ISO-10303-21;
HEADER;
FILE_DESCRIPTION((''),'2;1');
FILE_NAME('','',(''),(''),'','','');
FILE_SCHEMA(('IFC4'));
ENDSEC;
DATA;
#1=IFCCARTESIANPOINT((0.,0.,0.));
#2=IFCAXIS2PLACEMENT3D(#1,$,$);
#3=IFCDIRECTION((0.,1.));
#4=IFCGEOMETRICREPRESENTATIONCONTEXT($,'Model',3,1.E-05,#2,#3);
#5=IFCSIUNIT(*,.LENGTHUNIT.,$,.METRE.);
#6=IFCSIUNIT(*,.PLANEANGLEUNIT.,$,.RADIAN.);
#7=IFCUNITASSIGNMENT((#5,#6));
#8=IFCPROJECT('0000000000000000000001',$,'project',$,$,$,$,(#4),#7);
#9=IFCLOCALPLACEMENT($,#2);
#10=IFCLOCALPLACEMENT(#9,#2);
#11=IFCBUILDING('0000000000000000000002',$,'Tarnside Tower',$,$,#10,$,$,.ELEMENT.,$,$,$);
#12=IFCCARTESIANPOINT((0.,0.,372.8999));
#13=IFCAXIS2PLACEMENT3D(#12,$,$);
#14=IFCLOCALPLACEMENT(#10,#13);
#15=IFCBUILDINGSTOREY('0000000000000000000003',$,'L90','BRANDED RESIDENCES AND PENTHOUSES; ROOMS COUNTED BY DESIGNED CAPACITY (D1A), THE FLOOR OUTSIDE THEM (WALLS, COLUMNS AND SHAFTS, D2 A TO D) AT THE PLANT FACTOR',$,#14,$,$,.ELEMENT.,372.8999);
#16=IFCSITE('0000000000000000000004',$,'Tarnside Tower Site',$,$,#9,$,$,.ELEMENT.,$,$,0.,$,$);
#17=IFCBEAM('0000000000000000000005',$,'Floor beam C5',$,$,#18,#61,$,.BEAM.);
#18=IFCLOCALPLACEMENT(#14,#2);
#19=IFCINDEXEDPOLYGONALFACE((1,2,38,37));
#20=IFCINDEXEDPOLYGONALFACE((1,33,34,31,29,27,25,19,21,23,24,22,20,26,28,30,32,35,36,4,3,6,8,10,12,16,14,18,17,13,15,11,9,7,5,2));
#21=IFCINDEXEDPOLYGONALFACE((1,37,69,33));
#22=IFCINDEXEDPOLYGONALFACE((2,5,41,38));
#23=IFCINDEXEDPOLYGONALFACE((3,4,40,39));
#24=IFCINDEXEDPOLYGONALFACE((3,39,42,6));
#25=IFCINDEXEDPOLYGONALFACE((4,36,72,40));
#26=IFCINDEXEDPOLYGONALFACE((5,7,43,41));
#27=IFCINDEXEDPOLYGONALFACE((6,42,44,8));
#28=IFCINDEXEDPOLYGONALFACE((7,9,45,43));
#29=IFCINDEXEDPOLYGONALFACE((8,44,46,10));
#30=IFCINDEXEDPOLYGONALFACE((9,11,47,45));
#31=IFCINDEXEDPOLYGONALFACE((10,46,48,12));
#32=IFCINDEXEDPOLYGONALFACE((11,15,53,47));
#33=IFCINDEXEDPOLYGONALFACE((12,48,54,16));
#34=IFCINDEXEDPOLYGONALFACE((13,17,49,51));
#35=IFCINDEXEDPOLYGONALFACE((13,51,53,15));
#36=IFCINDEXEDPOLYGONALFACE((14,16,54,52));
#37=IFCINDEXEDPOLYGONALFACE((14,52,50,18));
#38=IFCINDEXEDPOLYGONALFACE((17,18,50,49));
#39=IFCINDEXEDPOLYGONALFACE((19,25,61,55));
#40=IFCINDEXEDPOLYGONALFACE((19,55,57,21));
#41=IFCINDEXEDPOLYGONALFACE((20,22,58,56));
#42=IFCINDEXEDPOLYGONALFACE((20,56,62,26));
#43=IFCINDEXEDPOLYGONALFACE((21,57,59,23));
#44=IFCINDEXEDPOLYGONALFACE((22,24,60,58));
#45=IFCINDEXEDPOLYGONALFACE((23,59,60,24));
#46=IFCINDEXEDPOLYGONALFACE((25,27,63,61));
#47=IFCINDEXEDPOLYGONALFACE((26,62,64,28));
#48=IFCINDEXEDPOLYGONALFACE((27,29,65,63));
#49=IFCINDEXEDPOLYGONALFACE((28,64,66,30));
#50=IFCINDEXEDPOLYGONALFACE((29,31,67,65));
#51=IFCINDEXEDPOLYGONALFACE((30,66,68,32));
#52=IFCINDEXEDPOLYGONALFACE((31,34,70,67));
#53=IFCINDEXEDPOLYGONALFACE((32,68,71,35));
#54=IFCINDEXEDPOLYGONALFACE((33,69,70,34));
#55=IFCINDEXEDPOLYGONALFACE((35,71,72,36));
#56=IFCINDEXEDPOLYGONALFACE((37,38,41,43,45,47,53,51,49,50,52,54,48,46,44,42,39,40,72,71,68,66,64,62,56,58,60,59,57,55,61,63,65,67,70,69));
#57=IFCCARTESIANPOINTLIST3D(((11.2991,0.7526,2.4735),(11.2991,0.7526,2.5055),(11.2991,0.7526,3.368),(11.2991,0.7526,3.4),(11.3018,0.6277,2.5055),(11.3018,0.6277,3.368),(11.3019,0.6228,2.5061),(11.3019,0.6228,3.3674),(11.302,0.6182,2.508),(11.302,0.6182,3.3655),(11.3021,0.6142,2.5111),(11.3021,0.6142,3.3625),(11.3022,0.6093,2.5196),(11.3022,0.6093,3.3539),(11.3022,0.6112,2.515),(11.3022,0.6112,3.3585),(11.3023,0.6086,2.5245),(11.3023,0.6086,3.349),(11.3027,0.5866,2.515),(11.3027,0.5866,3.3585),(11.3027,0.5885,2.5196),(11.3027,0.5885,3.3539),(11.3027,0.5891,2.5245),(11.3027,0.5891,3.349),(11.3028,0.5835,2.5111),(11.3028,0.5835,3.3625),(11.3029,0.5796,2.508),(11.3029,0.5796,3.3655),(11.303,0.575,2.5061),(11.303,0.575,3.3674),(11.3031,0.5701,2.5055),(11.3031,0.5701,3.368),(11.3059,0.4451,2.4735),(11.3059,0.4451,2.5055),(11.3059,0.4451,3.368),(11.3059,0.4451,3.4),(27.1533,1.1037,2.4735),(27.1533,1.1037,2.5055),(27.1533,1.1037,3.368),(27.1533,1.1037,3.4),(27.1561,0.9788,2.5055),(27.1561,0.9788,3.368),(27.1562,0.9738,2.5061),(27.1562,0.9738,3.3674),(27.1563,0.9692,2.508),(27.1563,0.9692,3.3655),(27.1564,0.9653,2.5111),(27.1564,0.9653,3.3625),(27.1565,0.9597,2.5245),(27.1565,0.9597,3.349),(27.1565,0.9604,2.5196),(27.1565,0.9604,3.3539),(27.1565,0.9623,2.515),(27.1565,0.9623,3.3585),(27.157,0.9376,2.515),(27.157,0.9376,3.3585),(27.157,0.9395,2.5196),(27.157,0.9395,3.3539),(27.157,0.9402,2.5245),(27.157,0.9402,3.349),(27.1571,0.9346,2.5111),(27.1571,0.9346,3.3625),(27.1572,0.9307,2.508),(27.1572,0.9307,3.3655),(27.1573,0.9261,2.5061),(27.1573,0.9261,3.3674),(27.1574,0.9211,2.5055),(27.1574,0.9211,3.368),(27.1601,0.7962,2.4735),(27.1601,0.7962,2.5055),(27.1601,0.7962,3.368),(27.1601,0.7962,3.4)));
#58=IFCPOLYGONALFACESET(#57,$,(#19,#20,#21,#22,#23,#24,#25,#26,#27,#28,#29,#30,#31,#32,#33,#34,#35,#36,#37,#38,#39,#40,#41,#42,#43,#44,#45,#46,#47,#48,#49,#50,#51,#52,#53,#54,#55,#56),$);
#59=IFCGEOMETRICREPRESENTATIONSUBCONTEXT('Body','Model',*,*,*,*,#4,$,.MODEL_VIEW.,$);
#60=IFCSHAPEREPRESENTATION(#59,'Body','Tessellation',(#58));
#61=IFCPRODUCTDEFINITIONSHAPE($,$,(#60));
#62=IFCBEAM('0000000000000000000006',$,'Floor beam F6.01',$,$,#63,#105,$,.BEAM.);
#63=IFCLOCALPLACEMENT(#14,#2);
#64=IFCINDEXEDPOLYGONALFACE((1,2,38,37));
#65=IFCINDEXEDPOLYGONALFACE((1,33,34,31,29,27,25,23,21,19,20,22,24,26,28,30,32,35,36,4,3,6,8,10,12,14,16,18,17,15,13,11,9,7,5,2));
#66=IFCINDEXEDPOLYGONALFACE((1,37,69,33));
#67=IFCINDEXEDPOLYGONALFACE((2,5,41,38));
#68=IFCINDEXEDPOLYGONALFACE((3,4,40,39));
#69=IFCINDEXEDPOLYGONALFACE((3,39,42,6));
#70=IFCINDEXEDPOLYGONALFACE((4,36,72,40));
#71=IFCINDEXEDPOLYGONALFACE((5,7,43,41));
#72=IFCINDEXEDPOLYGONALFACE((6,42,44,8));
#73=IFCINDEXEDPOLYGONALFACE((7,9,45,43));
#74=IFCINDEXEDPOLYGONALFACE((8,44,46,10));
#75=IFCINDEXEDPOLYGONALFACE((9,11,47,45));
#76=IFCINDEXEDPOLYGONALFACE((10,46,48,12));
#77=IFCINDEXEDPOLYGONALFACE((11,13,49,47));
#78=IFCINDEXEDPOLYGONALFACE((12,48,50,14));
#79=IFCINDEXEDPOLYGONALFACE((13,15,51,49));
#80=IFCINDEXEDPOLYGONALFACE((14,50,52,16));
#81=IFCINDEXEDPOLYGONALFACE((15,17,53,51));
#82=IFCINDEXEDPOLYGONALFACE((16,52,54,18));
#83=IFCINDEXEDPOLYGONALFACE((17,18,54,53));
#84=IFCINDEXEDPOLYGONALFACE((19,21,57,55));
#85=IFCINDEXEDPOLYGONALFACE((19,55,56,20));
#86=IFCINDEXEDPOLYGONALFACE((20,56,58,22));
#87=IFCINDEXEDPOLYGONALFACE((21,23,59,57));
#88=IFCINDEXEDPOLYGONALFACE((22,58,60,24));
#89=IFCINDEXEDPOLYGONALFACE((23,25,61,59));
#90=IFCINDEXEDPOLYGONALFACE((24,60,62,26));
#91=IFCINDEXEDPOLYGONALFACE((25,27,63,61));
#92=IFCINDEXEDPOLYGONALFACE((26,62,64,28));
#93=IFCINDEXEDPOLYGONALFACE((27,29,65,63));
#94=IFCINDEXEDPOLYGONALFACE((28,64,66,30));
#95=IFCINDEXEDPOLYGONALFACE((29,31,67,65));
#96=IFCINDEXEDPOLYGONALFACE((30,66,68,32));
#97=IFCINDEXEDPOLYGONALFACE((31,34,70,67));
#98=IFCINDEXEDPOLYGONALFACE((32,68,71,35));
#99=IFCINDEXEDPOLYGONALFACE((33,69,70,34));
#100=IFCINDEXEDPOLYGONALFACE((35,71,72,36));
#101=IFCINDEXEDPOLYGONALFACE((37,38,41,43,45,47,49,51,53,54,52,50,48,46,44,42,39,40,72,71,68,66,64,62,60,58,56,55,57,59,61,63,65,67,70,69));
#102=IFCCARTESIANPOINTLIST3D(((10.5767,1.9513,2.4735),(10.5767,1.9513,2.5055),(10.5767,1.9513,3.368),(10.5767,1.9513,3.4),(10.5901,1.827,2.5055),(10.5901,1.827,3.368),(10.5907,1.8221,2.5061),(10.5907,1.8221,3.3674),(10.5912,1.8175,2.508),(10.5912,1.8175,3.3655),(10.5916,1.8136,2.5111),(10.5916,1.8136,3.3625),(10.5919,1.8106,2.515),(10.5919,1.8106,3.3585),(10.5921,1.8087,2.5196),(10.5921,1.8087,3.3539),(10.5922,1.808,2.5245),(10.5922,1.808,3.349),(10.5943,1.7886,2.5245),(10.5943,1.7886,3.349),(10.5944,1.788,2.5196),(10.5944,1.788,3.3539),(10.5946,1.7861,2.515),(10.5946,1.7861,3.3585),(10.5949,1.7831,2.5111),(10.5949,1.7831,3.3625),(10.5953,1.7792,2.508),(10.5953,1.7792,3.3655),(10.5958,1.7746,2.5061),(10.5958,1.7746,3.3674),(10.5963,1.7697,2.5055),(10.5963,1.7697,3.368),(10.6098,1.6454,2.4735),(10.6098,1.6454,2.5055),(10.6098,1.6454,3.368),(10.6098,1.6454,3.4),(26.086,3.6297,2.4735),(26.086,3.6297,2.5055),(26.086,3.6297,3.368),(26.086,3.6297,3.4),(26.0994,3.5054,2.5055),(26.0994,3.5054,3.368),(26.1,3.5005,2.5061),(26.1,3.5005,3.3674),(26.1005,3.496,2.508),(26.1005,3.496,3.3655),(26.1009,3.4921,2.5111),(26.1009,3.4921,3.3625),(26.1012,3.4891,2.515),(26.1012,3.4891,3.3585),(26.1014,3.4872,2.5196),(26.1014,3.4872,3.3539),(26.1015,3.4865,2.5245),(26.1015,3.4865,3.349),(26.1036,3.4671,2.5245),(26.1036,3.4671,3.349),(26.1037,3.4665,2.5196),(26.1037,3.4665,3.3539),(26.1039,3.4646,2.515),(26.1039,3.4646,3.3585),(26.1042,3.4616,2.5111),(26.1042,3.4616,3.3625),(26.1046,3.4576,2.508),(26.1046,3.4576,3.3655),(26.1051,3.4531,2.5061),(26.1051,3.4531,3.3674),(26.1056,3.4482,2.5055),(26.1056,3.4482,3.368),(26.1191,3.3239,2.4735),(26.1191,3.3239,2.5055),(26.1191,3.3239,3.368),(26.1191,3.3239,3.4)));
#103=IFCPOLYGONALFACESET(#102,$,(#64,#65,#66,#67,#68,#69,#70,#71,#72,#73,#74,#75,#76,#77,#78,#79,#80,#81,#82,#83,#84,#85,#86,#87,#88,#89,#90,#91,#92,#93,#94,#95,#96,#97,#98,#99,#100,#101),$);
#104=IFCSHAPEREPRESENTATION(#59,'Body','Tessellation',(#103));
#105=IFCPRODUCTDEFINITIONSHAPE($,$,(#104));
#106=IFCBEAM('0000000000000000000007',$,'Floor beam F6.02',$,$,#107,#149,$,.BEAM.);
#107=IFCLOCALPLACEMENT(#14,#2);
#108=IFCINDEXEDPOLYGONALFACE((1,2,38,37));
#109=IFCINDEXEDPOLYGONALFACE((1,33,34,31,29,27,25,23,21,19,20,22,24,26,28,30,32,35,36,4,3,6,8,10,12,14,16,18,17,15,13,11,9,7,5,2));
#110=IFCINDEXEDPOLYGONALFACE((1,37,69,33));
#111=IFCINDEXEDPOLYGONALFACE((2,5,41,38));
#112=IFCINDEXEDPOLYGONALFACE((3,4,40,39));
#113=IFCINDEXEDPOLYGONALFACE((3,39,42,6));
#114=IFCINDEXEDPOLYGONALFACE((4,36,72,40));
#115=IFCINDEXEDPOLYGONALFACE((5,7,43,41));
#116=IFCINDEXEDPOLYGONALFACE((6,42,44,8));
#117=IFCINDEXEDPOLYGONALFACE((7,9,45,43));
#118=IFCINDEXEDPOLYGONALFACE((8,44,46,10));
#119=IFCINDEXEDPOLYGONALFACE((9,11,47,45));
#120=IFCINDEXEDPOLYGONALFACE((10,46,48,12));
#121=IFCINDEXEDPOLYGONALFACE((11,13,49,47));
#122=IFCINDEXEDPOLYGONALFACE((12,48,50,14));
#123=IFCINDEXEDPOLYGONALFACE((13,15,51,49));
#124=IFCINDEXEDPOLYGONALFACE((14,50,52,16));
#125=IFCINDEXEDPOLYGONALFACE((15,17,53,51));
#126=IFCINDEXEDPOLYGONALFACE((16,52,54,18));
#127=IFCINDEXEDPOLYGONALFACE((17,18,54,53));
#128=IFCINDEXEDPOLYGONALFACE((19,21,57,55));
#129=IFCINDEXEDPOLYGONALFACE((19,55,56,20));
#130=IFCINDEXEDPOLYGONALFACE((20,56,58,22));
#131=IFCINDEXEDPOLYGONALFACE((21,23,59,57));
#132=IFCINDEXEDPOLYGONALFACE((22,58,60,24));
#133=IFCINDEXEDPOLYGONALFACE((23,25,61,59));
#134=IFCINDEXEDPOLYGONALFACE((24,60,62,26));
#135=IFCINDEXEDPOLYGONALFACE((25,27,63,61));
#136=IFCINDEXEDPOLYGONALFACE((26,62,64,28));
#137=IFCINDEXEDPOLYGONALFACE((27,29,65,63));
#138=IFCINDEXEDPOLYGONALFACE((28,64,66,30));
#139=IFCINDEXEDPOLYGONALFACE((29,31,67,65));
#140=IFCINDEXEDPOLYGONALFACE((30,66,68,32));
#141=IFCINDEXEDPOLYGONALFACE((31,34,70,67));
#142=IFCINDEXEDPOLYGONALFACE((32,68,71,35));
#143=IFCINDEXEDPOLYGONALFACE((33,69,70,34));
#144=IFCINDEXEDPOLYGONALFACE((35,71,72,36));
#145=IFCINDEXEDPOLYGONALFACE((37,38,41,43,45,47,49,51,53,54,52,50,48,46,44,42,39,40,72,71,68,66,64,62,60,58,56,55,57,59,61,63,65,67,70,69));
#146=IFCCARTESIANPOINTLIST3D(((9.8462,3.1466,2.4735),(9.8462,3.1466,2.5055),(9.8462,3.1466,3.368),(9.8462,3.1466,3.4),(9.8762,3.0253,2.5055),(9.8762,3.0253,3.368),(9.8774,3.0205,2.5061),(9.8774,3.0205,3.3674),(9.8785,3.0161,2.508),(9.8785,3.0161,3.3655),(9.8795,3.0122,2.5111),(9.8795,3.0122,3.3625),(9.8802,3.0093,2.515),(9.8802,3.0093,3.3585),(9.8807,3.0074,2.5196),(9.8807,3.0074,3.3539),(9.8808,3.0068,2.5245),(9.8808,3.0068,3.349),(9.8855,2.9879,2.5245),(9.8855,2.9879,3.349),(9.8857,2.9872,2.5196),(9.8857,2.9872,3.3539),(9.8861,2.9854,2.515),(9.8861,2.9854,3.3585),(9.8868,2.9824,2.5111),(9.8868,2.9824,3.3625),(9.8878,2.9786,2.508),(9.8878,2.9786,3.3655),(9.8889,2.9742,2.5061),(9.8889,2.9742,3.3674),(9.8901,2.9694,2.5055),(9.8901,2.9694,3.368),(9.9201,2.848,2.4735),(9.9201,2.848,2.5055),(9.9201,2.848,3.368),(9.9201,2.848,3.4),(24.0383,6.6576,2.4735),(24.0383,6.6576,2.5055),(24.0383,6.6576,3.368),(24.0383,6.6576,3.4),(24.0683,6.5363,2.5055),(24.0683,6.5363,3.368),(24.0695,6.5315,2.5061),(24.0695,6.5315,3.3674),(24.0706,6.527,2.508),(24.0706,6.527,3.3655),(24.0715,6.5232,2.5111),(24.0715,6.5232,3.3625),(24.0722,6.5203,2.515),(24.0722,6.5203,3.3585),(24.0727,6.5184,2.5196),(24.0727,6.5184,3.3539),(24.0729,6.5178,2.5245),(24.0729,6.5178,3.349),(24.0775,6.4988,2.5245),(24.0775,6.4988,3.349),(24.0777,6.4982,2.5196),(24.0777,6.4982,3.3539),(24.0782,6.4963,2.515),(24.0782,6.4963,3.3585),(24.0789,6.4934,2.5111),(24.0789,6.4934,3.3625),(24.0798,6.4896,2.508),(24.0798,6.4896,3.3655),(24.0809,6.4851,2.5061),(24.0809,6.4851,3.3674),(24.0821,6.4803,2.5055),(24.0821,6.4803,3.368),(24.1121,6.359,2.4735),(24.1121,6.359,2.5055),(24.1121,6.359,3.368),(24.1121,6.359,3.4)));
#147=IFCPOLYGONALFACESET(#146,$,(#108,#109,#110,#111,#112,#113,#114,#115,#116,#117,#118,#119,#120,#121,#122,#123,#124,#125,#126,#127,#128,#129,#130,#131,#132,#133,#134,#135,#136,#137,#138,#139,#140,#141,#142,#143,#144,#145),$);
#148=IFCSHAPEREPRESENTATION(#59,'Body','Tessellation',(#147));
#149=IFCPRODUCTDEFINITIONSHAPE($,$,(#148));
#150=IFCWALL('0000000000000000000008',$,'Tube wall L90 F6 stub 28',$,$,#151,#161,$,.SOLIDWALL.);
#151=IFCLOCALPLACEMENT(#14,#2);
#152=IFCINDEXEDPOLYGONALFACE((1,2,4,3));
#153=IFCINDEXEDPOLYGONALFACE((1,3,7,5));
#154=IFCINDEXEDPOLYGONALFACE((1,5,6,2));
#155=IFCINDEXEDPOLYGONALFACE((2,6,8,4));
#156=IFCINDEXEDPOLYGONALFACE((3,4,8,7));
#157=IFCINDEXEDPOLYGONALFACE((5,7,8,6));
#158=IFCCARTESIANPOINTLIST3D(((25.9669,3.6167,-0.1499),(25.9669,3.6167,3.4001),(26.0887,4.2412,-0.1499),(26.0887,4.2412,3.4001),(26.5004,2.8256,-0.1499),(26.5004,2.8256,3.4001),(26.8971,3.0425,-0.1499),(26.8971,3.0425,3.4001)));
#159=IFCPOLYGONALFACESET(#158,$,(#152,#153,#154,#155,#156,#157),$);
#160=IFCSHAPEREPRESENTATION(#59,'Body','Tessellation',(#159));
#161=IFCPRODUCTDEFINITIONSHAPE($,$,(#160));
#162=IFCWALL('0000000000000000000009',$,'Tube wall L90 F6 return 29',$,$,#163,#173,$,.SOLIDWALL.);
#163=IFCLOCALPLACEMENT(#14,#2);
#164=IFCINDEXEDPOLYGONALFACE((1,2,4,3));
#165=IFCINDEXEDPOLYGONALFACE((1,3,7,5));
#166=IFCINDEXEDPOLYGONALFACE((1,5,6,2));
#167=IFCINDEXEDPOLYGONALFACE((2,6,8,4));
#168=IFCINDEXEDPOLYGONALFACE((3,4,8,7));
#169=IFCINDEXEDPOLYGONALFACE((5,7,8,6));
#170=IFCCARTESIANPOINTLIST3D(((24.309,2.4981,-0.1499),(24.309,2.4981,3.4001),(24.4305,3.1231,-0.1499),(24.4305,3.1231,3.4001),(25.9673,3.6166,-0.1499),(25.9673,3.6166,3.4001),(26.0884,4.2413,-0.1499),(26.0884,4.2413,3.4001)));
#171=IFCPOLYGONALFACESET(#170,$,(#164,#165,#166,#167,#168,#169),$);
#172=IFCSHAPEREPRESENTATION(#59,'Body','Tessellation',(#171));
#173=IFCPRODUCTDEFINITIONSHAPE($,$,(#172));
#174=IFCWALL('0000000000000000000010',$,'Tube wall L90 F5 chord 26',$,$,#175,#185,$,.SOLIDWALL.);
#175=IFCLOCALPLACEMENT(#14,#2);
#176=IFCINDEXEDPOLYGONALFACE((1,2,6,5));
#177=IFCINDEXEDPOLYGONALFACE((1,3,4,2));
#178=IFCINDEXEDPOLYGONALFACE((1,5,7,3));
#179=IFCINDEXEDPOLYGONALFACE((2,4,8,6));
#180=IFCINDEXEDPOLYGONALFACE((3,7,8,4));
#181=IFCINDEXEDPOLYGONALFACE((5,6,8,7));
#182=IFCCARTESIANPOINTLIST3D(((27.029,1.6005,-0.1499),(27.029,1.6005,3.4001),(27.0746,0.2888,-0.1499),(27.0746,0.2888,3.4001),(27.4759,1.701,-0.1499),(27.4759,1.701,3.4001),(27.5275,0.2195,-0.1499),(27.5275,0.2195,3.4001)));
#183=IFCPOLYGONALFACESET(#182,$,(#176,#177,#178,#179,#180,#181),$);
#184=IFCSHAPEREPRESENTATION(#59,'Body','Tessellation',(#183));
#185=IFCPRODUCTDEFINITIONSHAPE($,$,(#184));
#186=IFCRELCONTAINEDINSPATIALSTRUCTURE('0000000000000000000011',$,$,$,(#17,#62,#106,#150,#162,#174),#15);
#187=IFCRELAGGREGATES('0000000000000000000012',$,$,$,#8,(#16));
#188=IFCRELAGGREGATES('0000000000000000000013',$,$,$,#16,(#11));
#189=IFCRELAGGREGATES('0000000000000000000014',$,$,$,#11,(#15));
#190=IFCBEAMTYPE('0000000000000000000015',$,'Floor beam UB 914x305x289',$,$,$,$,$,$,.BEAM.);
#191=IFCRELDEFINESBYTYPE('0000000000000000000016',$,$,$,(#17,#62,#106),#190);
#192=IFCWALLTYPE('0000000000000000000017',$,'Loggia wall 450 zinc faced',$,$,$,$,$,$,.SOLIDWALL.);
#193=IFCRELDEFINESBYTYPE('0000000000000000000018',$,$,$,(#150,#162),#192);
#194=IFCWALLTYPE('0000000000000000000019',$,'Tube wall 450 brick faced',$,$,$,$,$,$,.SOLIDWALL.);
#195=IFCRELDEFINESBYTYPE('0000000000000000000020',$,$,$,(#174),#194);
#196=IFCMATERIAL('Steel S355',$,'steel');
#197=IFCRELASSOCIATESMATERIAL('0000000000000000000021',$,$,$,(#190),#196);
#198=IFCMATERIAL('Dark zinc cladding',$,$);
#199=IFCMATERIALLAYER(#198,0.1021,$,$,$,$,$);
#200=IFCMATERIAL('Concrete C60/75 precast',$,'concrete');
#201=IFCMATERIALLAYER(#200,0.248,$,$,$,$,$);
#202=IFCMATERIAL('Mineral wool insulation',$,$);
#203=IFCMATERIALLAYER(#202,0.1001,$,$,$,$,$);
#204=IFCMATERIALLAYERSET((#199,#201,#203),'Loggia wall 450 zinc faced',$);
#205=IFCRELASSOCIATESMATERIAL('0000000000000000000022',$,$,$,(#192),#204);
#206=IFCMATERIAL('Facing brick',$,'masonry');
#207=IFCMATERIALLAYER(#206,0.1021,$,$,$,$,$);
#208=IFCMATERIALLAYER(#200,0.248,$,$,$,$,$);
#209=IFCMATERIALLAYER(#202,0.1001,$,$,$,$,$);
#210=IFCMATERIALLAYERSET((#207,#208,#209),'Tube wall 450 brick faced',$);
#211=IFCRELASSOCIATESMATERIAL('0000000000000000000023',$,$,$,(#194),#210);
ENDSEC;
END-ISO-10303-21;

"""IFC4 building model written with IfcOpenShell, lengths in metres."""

from ifc_helpers import new_model, si_unit, direction, frame, origin, origin_2d, place, context, subcontext, project, spatial, polyline, i_section, outline, extrude, material, layer, layer_set, material_profile, profile_set, type_object, element, save


model = new_model("IFC4")

# Units and contexts
model_context = context("Model", 3, precision=1e-05, world=origin(), true_north=direction((0.0, 1.0)))
body_context = subcontext(model_context, "Body", "Model", "MODEL_VIEW")
ifc_project = project(units=[si_unit("LENGTHUNIT", "METRE"), si_unit("PLANEANGLEUNIT", "RADIAN")], contexts=[model_context])

# Site, building, storey
site_placement = place(None, origin())
site = spatial("IfcSite", under=ifc_project, at=site_placement, Name="Tarnside Tower Site", CompositionType="ELEMENT", RefElevation=0.0)
building_placement = place(site_placement, origin())
building = spatial("IfcBuilding", under=site, at=building_placement, Name="Tarnside Tower", CompositionType="ELEMENT")
storey_placement = place(building_placement, frame((0.0, 0.0, 372.8999)))
storey = spatial("IfcBuildingStorey", under=building, at=storey_placement, Name="L90", Description="BRANDED RESIDENCES AND PENTHOUSES; ROOMS COUNTED BY DESIGNED CAPACITY (D1A), THE FLOOR OUTSIDE THEM (WALLS, COLUMNS AND SHAFTS, D2 A TO D) AT THE PLANT FACTOR", CompositionType="ELEMENT", Elevation=372.8999)

# Beams
ifc_material_1 = material(Name="Steel S355", Category="steel")
ifc_material_profile = material_profile(ifc_material_1, i_section(OverallWidth=0.3076, OverallDepth=0.9265, WebThickness=0.0195, FlangeThickness=0.032, FilletRadius=0.019, at=origin_2d()), Name="UB 914x305x289")
ifc_profile_set = profile_set([ifc_material_profile], Name="Steel S355")
beam_type = type_object("IfcBeamType", Name="Floor beam UB 914x305x289", PredefinedType="BEAM", material=ifc_profile_set)
beam_1_placement = place(storey_placement, frame((27.1567, 0.95, 2.9368), z_axis=(-0.999755, -0.022138, 0.0), x_axis=(0.022138, -0.999755, 0.0)))
element("IfcBeam", 1, at=beam_1_placement, inside=storey, type_object=beam_type, Name="Floor beam C5", PredefinedType="BEAM", context=body_context, shape_type="SweptSolid", body=[
    extrude(i_section(OverallWidth=0.3076, OverallDepth=0.9265, WebThickness=0.0195, FlangeThickness=0.032, FilletRadius=0.019, at=origin_2d()), origin(), (0.0, 0.0, 1.0), 15.8582),
])
beam_2_placement = place(storey_placement, frame((26.1025, 3.4768, 2.9368), z_axis=(-0.994195, -0.107595, 0.0), x_axis=(0.107595, -0.994195, 0.0)))
element("IfcBeam", 2, at=beam_2_placement, inside=storey, type_object=beam_type, Name="Floor beam F6.01", PredefinedType="BEAM", context=body_context, shape_type="SweptSolid", body=[
    extrude(i_section(OverallWidth=0.3076, OverallDepth=0.9265, WebThickness=0.0195, FlangeThickness=0.032, FilletRadius=0.019, at=origin_2d()), origin(), (0.0, 0.0, 1.0), 15.5999),
])
beam_3_placement = place(storey_placement, frame((24.0752, 6.5083, 2.9368), z_axis=(-0.970736, -0.24015, 0.0), x_axis=(0.24015, -0.970736, 0.0)))
element("IfcBeam", 3, at=beam_3_placement, inside=storey, type_object=beam_type, Name="Floor beam F6.02", PredefinedType="BEAM", context=body_context, shape_type="SweptSolid", body=[
    extrude(i_section(OverallWidth=0.3076, OverallDepth=0.9265, WebThickness=0.0195, FlangeThickness=0.032, FilletRadius=0.019, at=origin_2d()), origin(), (0.0, 0.0, 1.0), 14.6199),
])

# Walls
ifc_material_2 = material(Name="Dark zinc cladding")
ifc_layer_1 = layer(ifc_material_2, 0.1021)
ifc_material_3 = material(Name="Concrete C60/75 precast", Category="concrete")
ifc_layer_2 = layer(ifc_material_3, 0.248)
ifc_material_4 = material(Name="Mineral wool insulation")
ifc_layer_3 = layer(ifc_material_4, 0.1001)
ifc_layer_set_1 = layer_set([ifc_layer_1, ifc_layer_2, ifc_layer_3], Name="Loggia wall 450 zinc faced")
wall_type_1 = type_object("IfcWallType", Name="Loggia wall 450 zinc faced", PredefinedType="SOLIDWALL", material=ifc_layer_set_1)
wall_1_placement = place(storey_placement, frame((26.6987, 2.9341, -0.1499), z_axis=(0.0, 0.0, 1.0), x_axis=(-0.559106, 0.829096, 0.0)))
element("IfcWall", 4, at=wall_1_placement, inside=storey, type_object=wall_type_1, Name="Tube wall L90 F6 stub 28", PredefinedType="SOLIDWALL", context=body_context, shape_type="SweptSolid", body=[
    extrude(outline(polyline([(-0.021, -0.2251), (1.4248, -0.2251), (0.9751, 0.2251), (0.021, 0.2251), (-0.021, -0.2251)])), origin(), (0.0, 0.0, 1.0), 3.55),
])
wall_2_placement = place(storey_placement, frame((26.0278, 3.929, -0.1499), z_axis=(0.0, 0.0, 1.0), x_axis=(-0.829052, -0.559171, 0.0)))
element("IfcWall", 5, at=wall_2_placement, inside=storey, type_object=wall_type_1, Name="Tube wall L90 F6 return 29", PredefinedType="SOLIDWALL", context=body_context, shape_type="SweptSolid", body=[
    extrude(outline(polyline([(-0.2249, -0.2251), (1.7749, -0.2251), (2.2251, 0.2251), (0.2249, 0.2251), (-0.2249, -0.2251)])), origin(), (0.0, 0.0, 1.0), 3.55),
])

# Wall
ifc_material_5 = material(Name="Facing brick", Category="masonry")
ifc_layer_4 = layer(ifc_material_5, 0.1021)
ifc_layer_5 = layer(ifc_material_3, 0.248)
ifc_layer_6 = layer(ifc_material_4, 0.1001)
ifc_layer_set_2 = layer_set([ifc_layer_4, ifc_layer_5, ifc_layer_6], Name="Tube wall 450 brick faced")
wall_type_2 = type_object("IfcWallType", Name="Tube wall 450 brick faced", PredefinedType="SOLIDWALL", material=ifc_layer_set_2)
wall_3_placement = place(storey_placement, frame((27.301, 0.2542, -0.1499), z_axis=(0.0, 0.0, 1.0), x_axis=(-0.034763, 0.999396, 0.0)))
element("IfcWall", 6, at=wall_3_placement, inside=storey, type_object=wall_type_2, Name="Tube wall L90 F5 chord 26", PredefinedType="SOLIDWALL", context=body_context, shape_type="SweptSolid", body=[
    extrude(outline(polyline([(-0.0425, -0.2251), (1.4399, -0.2251), (1.355, 0.2251), (0.0425, 0.2251), (-0.0425, -0.2251)])), origin(), (0.0, 0.0, 1.0), 3.55),
])

save(model, "model.ifc")
